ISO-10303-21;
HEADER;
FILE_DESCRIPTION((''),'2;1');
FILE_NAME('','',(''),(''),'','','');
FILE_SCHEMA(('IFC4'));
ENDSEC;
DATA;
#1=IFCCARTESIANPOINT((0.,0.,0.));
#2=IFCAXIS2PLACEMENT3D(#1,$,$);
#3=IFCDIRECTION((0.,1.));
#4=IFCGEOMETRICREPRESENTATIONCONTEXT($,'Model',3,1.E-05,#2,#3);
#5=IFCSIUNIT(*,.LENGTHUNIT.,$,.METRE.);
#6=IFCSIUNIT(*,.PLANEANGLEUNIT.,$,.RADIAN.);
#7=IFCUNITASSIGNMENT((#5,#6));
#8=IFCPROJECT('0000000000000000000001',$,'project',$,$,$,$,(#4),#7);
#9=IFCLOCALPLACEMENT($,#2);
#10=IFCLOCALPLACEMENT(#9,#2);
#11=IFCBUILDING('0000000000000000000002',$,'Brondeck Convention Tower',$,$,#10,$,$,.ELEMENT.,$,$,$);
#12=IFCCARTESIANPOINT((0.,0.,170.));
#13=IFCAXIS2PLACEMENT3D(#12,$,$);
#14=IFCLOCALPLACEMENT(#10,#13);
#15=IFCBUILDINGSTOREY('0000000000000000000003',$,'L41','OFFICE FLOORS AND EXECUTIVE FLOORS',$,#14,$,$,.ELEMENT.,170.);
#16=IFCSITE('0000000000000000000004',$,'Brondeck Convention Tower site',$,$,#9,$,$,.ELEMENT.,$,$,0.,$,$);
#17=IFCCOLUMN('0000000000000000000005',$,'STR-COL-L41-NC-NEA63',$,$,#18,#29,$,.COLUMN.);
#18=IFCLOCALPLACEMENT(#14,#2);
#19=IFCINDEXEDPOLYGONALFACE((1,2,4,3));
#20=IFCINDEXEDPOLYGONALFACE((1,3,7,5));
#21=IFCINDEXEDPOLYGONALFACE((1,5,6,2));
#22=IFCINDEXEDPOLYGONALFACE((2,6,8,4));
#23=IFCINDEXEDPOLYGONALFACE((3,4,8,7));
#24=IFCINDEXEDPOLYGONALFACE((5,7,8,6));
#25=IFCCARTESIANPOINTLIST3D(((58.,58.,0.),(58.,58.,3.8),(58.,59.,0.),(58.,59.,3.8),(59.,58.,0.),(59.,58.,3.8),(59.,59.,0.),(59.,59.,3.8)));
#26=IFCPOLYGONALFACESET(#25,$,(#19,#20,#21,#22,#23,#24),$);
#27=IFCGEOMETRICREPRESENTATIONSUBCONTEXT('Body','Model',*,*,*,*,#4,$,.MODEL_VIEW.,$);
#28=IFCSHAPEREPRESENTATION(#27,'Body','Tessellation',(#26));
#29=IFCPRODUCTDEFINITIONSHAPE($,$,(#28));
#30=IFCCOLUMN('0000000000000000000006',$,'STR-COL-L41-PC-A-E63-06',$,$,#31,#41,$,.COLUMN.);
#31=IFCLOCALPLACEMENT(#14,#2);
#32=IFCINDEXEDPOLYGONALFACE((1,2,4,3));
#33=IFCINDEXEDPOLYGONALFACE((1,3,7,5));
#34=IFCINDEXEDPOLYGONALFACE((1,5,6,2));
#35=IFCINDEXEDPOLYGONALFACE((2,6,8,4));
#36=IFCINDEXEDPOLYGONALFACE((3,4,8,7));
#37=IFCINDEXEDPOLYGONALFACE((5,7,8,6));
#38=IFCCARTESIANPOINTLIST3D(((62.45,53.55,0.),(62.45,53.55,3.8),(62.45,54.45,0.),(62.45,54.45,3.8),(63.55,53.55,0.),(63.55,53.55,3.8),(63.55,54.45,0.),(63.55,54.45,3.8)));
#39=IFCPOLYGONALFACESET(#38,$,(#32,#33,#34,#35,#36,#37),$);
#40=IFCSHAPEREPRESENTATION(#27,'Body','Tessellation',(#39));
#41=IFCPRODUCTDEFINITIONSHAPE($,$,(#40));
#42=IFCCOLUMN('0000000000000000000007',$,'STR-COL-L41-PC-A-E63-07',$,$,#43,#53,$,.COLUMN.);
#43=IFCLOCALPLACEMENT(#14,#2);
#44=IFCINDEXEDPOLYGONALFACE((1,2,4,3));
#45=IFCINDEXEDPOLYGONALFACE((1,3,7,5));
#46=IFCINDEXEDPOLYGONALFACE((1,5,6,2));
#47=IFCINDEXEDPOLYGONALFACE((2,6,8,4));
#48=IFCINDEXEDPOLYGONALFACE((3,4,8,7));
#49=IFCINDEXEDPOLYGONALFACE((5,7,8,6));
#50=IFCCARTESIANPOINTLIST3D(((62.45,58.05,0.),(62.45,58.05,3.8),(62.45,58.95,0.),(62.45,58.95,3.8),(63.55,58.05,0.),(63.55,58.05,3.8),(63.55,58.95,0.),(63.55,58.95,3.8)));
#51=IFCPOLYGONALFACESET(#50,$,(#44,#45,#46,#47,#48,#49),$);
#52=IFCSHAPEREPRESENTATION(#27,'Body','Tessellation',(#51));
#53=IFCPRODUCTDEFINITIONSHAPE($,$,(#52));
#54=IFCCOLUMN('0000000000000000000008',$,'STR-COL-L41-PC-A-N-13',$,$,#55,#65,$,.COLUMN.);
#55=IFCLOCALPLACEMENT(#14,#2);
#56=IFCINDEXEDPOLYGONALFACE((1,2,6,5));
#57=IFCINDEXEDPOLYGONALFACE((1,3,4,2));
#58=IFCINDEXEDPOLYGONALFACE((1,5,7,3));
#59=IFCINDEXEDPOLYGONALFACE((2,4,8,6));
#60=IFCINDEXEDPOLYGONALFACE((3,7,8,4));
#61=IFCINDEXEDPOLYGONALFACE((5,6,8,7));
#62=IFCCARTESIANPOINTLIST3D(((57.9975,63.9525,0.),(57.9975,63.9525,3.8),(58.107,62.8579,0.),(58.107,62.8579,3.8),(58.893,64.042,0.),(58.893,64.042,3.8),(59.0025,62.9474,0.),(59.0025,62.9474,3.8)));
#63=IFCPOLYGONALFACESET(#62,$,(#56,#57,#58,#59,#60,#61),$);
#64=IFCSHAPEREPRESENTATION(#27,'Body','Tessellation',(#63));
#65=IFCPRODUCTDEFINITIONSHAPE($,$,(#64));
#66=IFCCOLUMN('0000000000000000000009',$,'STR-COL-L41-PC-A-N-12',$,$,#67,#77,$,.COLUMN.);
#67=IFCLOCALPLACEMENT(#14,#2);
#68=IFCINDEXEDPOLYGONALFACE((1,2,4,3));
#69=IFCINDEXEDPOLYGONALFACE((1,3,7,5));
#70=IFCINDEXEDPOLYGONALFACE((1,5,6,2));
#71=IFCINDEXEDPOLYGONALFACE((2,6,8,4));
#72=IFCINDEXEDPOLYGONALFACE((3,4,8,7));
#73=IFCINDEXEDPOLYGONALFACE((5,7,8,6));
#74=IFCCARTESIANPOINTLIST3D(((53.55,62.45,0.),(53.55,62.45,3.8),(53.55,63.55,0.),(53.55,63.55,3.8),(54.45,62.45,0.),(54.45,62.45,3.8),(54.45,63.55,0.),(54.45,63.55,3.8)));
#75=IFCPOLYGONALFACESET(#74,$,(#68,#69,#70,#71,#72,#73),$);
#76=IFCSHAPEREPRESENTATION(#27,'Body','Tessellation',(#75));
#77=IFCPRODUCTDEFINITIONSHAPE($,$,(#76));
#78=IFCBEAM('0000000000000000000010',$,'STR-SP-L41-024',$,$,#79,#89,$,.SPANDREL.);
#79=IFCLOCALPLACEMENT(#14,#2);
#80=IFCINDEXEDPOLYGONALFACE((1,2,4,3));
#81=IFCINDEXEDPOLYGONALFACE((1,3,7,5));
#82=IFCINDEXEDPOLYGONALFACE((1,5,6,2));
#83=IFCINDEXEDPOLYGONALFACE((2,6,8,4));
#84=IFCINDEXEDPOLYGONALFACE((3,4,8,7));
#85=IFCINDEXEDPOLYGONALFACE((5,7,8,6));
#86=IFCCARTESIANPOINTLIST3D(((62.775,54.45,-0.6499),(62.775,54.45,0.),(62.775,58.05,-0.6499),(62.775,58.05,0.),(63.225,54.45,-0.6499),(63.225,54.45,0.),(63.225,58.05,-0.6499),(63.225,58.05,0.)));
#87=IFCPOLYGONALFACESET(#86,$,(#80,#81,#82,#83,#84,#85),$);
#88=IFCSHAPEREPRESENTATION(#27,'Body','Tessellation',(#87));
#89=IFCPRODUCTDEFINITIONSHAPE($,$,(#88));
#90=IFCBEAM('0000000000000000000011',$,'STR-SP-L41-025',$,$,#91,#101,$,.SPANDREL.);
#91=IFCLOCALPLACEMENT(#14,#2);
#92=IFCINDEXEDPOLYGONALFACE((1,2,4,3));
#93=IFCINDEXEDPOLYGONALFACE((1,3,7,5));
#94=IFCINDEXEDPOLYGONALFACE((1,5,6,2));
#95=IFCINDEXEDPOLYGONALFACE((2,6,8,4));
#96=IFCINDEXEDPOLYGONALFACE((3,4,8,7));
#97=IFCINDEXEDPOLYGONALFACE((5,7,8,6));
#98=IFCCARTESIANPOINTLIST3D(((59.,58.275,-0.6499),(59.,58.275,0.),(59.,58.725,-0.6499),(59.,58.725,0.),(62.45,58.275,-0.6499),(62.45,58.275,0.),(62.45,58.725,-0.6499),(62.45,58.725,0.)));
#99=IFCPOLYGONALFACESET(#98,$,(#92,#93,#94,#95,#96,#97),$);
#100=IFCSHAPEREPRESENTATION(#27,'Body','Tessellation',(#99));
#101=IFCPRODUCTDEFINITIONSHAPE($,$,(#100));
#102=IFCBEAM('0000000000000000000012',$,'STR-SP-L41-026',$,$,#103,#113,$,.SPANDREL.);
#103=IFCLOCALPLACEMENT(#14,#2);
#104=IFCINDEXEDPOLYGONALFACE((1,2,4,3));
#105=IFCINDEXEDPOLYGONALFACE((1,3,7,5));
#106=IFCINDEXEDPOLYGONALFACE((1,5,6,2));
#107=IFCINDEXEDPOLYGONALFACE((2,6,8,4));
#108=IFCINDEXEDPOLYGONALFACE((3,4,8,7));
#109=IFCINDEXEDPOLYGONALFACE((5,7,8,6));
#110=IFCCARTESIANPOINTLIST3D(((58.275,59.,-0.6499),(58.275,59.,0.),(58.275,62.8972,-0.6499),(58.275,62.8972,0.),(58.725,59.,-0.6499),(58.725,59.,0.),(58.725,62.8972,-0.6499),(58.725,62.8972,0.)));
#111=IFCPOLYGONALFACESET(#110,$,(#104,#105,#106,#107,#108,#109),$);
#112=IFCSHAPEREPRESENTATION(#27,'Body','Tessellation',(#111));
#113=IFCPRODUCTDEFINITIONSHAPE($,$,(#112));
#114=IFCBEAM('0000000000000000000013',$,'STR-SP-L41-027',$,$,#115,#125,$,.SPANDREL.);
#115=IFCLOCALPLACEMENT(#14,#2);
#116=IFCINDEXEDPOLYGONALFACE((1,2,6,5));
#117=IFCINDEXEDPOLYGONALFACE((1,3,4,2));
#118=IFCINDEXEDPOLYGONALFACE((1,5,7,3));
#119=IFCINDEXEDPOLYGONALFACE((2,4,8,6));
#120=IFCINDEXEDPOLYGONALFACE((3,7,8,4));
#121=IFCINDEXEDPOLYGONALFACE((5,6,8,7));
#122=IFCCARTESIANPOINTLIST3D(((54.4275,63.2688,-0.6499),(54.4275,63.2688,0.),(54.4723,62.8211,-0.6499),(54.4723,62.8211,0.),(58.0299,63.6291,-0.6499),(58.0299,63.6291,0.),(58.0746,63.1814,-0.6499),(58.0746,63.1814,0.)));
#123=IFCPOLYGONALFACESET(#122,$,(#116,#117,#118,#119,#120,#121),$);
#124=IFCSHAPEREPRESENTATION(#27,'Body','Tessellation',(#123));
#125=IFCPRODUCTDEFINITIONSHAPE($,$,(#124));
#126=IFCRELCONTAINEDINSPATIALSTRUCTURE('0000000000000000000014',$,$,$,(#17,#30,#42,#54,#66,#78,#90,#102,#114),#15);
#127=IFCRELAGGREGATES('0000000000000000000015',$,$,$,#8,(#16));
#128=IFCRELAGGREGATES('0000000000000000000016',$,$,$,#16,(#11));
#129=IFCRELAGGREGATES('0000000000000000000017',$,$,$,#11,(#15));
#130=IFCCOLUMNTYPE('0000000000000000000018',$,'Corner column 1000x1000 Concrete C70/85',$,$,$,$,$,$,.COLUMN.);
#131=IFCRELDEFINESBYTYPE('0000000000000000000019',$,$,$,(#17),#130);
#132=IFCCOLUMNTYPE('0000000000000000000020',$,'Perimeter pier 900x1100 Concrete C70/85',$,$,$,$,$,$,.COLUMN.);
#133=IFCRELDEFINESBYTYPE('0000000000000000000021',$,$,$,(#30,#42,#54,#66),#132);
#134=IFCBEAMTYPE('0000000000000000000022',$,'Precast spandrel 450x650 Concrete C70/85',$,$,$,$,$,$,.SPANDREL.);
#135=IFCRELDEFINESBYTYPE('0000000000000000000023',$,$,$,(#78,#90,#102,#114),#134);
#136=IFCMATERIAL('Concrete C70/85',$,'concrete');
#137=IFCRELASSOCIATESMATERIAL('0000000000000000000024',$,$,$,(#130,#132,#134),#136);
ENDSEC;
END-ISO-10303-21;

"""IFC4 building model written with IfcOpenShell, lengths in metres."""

from ifc_helpers import new_model, si_unit, direction, frame, origin, origin_2d, place, context, subcontext, project, spatial, rectangle, extrude, material, material_profile, profile_set, type_object, element, save


model = new_model("IFC4")

# Units and contexts
model_context = context("Model", 3, precision=1e-05, world=origin(), true_north=direction((0.0, 1.0)))
body_context = subcontext(model_context, "Body", "Model", "MODEL_VIEW")
ifc_project = project(units=[si_unit("LENGTHUNIT", "METRE"), si_unit("PLANEANGLEUNIT", "RADIAN")], contexts=[model_context])

# Site, building, storey
site_placement = place(None, origin())
site = spatial("IfcSite", under=ifc_project, at=site_placement, Name="Brondeck Convention Tower site", CompositionType="ELEMENT", RefElevation=0.0)
building_placement = place(site_placement, origin())
building = spatial("IfcBuilding", under=site, at=building_placement, Name="Brondeck Convention Tower", CompositionType="ELEMENT")
storey_placement = place(building_placement, frame((0.0, 0.0, 170.0)))
storey = spatial("IfcBuildingStorey", under=building, at=storey_placement, Name="L41", Description="OFFICE FLOORS AND EXECUTIVE FLOORS", CompositionType="ELEMENT", Elevation=170.0)

# Columns
ifc_material_1 = material(Name="Concrete C70/85", Category="concrete")
ifc_material_profile_1 = material_profile(ifc_material_1, rectangle(XDim=1.0, YDim=1.0, at=origin_2d()), Name="Corner column 1000x1000 Concrete C70/85")
ifc_profile_set_1 = profile_set([ifc_material_profile_1], Name="Concrete C70/85")
column_type_1 = type_object("IfcColumnType", Name="Corner column 1000x1000 Concrete C70/85", PredefinedType="COLUMN", material=ifc_profile_set_1)
column_placement = place(storey_placement, frame((58.5, 58.5, 0.0), z_axis=(0.0, 0.0, 1.0), x_axis=(1.0, 0.0, 0.0)))
element("IfcColumn", 1, at=column_placement, inside=storey, type_object=column_type_1, Name="STR-COL-L41-NC-NEA63", PredefinedType="COLUMN", context=body_context, shape_type="SweptSolid", body=[
    extrude(rectangle(XDim=1.0, YDim=1.0, at=origin_2d()), origin(), (0.0, 0.0, 1.0), 3.8),
])
ifc_material_profile_2 = material_profile(ifc_material_1, rectangle(XDim=0.8999, YDim=1.1001, at=origin_2d()), Name="Perimeter pier 900x1100 Concrete C70/85")
ifc_profile_set_2 = profile_set([ifc_material_profile_2], Name="Concrete C70/85")
column_type_2 = type_object("IfcColumnType", Name="Perimeter pier 900x1100 Concrete C70/85", PredefinedType="COLUMN", material=ifc_profile_set_2)
for number, where, z_axis, x_axis, name in (
    (2, (63.0, 54.0, 0.0), (0.0, 0.0, 1.0), (0.0, 1.0, 0.0), "STR-COL-L41-PC-A-E63-06"),
    (3, (63.0, 58.5, 0.0), (0.0, 0.0, 1.0), (0.0, 1.0, 0.0), "STR-COL-L41-PC-A-E63-07"),
    (4, (58.5, 63.45, 0.0), (0.0, 0.0, 1.0), (-0.995037, -0.099504, 0.0), "STR-COL-L41-PC-A-N-13"),
    (5, (54.0, 63.0, 0.0), (0.0, 0.0, 1.0), (-1.0, 0.0, 0.0), "STR-COL-L41-PC-A-N-12"),
):
    element("IfcColumn", number, at=place(storey_placement, frame(where, z_axis=z_axis, x_axis=x_axis)), inside=storey, type_object=column_type_2, Name=name, PredefinedType="COLUMN", context=body_context, shape_type="SweptSolid", body=[
        extrude(rectangle(XDim=0.8999, YDim=1.1001, at=origin_2d()), origin(), (0.0, 0.0, 1.0), 3.8),
    ])

# Beams
ifc_material_profile_3 = material_profile(ifc_material_1, rectangle(XDim=0.45, YDim=0.6499, at=origin_2d()), Name="Precast spandrel 450x650 Concrete C70/85")
ifc_profile_set_3 = profile_set([ifc_material_profile_3], Name="Concrete C70/85")
beam_type = type_object("IfcBeamType", Name="Precast spandrel 450x650 Concrete C70/85", PredefinedType="SPANDREL", material=ifc_profile_set_3)
beam_1_placement = place(storey_placement, frame((63.0, 54.45, -0.325), z_axis=(0.0, 1.0, 0.0), x_axis=(-1.0, 0.0, 0.0)))
element("IfcBeam", 6, at=beam_1_placement, inside=storey, type_object=beam_type, Name="STR-SP-L41-024", PredefinedType="SPANDREL", context=body_context, shape_type="SweptSolid", body=[
    extrude(rectangle(XDim=0.45, YDim=0.6499, at=origin_2d()), origin(), (0.0, 0.0, 1.0), 3.6001),
])
beam_2_placement = place(storey_placement, frame((62.45, 58.5, -0.325), z_axis=(-1.0, 0.0, 0.0), x_axis=(0.0, -1.0, 0.0)))
element("IfcBeam", 7, at=beam_2_placement, inside=storey, type_object=beam_type, Name="STR-SP-L41-025", PredefinedType="SPANDREL", context=body_context, shape_type="SweptSolid", body=[
    extrude(rectangle(XDim=0.45, YDim=0.6499, at=origin_2d()), origin(), (0.0, 0.0, 1.0), 3.45),
])
beam_3_placement = place(storey_placement, frame((58.5, 59.0, -0.325), z_axis=(0.0, 1.0, 0.0), x_axis=(-1.0, 0.0, 0.0)))
element("IfcBeam", 8, at=beam_3_placement, inside=storey, type_object=beam_type, Name="STR-SP-L41-026", PredefinedType="SPANDREL", context=body_context, shape_type="SweptSolid", body=[
    extrude(rectangle(XDim=0.45, YDim=0.6499, at=origin_2d()), origin(), (0.0, 0.0, 1.0), 3.8972),
])
beam_4_placement = place(storey_placement, frame((58.0522, 63.4053, -0.325), z_axis=(-0.995034, -0.099537, 0.0), x_axis=(0.099537, -0.995034, 0.0)))
element("IfcBeam", 9, at=beam_4_placement, inside=storey, type_object=beam_type, Name="STR-SP-L41-027", PredefinedType="SPANDREL", context=body_context, shape_type="SweptSolid", body=[
    extrude(rectangle(XDim=0.45, YDim=0.6499, at=origin_2d()), origin(), (0.0, 0.0, 1.0), 3.6204),
])

save(model, "model.ifc")
